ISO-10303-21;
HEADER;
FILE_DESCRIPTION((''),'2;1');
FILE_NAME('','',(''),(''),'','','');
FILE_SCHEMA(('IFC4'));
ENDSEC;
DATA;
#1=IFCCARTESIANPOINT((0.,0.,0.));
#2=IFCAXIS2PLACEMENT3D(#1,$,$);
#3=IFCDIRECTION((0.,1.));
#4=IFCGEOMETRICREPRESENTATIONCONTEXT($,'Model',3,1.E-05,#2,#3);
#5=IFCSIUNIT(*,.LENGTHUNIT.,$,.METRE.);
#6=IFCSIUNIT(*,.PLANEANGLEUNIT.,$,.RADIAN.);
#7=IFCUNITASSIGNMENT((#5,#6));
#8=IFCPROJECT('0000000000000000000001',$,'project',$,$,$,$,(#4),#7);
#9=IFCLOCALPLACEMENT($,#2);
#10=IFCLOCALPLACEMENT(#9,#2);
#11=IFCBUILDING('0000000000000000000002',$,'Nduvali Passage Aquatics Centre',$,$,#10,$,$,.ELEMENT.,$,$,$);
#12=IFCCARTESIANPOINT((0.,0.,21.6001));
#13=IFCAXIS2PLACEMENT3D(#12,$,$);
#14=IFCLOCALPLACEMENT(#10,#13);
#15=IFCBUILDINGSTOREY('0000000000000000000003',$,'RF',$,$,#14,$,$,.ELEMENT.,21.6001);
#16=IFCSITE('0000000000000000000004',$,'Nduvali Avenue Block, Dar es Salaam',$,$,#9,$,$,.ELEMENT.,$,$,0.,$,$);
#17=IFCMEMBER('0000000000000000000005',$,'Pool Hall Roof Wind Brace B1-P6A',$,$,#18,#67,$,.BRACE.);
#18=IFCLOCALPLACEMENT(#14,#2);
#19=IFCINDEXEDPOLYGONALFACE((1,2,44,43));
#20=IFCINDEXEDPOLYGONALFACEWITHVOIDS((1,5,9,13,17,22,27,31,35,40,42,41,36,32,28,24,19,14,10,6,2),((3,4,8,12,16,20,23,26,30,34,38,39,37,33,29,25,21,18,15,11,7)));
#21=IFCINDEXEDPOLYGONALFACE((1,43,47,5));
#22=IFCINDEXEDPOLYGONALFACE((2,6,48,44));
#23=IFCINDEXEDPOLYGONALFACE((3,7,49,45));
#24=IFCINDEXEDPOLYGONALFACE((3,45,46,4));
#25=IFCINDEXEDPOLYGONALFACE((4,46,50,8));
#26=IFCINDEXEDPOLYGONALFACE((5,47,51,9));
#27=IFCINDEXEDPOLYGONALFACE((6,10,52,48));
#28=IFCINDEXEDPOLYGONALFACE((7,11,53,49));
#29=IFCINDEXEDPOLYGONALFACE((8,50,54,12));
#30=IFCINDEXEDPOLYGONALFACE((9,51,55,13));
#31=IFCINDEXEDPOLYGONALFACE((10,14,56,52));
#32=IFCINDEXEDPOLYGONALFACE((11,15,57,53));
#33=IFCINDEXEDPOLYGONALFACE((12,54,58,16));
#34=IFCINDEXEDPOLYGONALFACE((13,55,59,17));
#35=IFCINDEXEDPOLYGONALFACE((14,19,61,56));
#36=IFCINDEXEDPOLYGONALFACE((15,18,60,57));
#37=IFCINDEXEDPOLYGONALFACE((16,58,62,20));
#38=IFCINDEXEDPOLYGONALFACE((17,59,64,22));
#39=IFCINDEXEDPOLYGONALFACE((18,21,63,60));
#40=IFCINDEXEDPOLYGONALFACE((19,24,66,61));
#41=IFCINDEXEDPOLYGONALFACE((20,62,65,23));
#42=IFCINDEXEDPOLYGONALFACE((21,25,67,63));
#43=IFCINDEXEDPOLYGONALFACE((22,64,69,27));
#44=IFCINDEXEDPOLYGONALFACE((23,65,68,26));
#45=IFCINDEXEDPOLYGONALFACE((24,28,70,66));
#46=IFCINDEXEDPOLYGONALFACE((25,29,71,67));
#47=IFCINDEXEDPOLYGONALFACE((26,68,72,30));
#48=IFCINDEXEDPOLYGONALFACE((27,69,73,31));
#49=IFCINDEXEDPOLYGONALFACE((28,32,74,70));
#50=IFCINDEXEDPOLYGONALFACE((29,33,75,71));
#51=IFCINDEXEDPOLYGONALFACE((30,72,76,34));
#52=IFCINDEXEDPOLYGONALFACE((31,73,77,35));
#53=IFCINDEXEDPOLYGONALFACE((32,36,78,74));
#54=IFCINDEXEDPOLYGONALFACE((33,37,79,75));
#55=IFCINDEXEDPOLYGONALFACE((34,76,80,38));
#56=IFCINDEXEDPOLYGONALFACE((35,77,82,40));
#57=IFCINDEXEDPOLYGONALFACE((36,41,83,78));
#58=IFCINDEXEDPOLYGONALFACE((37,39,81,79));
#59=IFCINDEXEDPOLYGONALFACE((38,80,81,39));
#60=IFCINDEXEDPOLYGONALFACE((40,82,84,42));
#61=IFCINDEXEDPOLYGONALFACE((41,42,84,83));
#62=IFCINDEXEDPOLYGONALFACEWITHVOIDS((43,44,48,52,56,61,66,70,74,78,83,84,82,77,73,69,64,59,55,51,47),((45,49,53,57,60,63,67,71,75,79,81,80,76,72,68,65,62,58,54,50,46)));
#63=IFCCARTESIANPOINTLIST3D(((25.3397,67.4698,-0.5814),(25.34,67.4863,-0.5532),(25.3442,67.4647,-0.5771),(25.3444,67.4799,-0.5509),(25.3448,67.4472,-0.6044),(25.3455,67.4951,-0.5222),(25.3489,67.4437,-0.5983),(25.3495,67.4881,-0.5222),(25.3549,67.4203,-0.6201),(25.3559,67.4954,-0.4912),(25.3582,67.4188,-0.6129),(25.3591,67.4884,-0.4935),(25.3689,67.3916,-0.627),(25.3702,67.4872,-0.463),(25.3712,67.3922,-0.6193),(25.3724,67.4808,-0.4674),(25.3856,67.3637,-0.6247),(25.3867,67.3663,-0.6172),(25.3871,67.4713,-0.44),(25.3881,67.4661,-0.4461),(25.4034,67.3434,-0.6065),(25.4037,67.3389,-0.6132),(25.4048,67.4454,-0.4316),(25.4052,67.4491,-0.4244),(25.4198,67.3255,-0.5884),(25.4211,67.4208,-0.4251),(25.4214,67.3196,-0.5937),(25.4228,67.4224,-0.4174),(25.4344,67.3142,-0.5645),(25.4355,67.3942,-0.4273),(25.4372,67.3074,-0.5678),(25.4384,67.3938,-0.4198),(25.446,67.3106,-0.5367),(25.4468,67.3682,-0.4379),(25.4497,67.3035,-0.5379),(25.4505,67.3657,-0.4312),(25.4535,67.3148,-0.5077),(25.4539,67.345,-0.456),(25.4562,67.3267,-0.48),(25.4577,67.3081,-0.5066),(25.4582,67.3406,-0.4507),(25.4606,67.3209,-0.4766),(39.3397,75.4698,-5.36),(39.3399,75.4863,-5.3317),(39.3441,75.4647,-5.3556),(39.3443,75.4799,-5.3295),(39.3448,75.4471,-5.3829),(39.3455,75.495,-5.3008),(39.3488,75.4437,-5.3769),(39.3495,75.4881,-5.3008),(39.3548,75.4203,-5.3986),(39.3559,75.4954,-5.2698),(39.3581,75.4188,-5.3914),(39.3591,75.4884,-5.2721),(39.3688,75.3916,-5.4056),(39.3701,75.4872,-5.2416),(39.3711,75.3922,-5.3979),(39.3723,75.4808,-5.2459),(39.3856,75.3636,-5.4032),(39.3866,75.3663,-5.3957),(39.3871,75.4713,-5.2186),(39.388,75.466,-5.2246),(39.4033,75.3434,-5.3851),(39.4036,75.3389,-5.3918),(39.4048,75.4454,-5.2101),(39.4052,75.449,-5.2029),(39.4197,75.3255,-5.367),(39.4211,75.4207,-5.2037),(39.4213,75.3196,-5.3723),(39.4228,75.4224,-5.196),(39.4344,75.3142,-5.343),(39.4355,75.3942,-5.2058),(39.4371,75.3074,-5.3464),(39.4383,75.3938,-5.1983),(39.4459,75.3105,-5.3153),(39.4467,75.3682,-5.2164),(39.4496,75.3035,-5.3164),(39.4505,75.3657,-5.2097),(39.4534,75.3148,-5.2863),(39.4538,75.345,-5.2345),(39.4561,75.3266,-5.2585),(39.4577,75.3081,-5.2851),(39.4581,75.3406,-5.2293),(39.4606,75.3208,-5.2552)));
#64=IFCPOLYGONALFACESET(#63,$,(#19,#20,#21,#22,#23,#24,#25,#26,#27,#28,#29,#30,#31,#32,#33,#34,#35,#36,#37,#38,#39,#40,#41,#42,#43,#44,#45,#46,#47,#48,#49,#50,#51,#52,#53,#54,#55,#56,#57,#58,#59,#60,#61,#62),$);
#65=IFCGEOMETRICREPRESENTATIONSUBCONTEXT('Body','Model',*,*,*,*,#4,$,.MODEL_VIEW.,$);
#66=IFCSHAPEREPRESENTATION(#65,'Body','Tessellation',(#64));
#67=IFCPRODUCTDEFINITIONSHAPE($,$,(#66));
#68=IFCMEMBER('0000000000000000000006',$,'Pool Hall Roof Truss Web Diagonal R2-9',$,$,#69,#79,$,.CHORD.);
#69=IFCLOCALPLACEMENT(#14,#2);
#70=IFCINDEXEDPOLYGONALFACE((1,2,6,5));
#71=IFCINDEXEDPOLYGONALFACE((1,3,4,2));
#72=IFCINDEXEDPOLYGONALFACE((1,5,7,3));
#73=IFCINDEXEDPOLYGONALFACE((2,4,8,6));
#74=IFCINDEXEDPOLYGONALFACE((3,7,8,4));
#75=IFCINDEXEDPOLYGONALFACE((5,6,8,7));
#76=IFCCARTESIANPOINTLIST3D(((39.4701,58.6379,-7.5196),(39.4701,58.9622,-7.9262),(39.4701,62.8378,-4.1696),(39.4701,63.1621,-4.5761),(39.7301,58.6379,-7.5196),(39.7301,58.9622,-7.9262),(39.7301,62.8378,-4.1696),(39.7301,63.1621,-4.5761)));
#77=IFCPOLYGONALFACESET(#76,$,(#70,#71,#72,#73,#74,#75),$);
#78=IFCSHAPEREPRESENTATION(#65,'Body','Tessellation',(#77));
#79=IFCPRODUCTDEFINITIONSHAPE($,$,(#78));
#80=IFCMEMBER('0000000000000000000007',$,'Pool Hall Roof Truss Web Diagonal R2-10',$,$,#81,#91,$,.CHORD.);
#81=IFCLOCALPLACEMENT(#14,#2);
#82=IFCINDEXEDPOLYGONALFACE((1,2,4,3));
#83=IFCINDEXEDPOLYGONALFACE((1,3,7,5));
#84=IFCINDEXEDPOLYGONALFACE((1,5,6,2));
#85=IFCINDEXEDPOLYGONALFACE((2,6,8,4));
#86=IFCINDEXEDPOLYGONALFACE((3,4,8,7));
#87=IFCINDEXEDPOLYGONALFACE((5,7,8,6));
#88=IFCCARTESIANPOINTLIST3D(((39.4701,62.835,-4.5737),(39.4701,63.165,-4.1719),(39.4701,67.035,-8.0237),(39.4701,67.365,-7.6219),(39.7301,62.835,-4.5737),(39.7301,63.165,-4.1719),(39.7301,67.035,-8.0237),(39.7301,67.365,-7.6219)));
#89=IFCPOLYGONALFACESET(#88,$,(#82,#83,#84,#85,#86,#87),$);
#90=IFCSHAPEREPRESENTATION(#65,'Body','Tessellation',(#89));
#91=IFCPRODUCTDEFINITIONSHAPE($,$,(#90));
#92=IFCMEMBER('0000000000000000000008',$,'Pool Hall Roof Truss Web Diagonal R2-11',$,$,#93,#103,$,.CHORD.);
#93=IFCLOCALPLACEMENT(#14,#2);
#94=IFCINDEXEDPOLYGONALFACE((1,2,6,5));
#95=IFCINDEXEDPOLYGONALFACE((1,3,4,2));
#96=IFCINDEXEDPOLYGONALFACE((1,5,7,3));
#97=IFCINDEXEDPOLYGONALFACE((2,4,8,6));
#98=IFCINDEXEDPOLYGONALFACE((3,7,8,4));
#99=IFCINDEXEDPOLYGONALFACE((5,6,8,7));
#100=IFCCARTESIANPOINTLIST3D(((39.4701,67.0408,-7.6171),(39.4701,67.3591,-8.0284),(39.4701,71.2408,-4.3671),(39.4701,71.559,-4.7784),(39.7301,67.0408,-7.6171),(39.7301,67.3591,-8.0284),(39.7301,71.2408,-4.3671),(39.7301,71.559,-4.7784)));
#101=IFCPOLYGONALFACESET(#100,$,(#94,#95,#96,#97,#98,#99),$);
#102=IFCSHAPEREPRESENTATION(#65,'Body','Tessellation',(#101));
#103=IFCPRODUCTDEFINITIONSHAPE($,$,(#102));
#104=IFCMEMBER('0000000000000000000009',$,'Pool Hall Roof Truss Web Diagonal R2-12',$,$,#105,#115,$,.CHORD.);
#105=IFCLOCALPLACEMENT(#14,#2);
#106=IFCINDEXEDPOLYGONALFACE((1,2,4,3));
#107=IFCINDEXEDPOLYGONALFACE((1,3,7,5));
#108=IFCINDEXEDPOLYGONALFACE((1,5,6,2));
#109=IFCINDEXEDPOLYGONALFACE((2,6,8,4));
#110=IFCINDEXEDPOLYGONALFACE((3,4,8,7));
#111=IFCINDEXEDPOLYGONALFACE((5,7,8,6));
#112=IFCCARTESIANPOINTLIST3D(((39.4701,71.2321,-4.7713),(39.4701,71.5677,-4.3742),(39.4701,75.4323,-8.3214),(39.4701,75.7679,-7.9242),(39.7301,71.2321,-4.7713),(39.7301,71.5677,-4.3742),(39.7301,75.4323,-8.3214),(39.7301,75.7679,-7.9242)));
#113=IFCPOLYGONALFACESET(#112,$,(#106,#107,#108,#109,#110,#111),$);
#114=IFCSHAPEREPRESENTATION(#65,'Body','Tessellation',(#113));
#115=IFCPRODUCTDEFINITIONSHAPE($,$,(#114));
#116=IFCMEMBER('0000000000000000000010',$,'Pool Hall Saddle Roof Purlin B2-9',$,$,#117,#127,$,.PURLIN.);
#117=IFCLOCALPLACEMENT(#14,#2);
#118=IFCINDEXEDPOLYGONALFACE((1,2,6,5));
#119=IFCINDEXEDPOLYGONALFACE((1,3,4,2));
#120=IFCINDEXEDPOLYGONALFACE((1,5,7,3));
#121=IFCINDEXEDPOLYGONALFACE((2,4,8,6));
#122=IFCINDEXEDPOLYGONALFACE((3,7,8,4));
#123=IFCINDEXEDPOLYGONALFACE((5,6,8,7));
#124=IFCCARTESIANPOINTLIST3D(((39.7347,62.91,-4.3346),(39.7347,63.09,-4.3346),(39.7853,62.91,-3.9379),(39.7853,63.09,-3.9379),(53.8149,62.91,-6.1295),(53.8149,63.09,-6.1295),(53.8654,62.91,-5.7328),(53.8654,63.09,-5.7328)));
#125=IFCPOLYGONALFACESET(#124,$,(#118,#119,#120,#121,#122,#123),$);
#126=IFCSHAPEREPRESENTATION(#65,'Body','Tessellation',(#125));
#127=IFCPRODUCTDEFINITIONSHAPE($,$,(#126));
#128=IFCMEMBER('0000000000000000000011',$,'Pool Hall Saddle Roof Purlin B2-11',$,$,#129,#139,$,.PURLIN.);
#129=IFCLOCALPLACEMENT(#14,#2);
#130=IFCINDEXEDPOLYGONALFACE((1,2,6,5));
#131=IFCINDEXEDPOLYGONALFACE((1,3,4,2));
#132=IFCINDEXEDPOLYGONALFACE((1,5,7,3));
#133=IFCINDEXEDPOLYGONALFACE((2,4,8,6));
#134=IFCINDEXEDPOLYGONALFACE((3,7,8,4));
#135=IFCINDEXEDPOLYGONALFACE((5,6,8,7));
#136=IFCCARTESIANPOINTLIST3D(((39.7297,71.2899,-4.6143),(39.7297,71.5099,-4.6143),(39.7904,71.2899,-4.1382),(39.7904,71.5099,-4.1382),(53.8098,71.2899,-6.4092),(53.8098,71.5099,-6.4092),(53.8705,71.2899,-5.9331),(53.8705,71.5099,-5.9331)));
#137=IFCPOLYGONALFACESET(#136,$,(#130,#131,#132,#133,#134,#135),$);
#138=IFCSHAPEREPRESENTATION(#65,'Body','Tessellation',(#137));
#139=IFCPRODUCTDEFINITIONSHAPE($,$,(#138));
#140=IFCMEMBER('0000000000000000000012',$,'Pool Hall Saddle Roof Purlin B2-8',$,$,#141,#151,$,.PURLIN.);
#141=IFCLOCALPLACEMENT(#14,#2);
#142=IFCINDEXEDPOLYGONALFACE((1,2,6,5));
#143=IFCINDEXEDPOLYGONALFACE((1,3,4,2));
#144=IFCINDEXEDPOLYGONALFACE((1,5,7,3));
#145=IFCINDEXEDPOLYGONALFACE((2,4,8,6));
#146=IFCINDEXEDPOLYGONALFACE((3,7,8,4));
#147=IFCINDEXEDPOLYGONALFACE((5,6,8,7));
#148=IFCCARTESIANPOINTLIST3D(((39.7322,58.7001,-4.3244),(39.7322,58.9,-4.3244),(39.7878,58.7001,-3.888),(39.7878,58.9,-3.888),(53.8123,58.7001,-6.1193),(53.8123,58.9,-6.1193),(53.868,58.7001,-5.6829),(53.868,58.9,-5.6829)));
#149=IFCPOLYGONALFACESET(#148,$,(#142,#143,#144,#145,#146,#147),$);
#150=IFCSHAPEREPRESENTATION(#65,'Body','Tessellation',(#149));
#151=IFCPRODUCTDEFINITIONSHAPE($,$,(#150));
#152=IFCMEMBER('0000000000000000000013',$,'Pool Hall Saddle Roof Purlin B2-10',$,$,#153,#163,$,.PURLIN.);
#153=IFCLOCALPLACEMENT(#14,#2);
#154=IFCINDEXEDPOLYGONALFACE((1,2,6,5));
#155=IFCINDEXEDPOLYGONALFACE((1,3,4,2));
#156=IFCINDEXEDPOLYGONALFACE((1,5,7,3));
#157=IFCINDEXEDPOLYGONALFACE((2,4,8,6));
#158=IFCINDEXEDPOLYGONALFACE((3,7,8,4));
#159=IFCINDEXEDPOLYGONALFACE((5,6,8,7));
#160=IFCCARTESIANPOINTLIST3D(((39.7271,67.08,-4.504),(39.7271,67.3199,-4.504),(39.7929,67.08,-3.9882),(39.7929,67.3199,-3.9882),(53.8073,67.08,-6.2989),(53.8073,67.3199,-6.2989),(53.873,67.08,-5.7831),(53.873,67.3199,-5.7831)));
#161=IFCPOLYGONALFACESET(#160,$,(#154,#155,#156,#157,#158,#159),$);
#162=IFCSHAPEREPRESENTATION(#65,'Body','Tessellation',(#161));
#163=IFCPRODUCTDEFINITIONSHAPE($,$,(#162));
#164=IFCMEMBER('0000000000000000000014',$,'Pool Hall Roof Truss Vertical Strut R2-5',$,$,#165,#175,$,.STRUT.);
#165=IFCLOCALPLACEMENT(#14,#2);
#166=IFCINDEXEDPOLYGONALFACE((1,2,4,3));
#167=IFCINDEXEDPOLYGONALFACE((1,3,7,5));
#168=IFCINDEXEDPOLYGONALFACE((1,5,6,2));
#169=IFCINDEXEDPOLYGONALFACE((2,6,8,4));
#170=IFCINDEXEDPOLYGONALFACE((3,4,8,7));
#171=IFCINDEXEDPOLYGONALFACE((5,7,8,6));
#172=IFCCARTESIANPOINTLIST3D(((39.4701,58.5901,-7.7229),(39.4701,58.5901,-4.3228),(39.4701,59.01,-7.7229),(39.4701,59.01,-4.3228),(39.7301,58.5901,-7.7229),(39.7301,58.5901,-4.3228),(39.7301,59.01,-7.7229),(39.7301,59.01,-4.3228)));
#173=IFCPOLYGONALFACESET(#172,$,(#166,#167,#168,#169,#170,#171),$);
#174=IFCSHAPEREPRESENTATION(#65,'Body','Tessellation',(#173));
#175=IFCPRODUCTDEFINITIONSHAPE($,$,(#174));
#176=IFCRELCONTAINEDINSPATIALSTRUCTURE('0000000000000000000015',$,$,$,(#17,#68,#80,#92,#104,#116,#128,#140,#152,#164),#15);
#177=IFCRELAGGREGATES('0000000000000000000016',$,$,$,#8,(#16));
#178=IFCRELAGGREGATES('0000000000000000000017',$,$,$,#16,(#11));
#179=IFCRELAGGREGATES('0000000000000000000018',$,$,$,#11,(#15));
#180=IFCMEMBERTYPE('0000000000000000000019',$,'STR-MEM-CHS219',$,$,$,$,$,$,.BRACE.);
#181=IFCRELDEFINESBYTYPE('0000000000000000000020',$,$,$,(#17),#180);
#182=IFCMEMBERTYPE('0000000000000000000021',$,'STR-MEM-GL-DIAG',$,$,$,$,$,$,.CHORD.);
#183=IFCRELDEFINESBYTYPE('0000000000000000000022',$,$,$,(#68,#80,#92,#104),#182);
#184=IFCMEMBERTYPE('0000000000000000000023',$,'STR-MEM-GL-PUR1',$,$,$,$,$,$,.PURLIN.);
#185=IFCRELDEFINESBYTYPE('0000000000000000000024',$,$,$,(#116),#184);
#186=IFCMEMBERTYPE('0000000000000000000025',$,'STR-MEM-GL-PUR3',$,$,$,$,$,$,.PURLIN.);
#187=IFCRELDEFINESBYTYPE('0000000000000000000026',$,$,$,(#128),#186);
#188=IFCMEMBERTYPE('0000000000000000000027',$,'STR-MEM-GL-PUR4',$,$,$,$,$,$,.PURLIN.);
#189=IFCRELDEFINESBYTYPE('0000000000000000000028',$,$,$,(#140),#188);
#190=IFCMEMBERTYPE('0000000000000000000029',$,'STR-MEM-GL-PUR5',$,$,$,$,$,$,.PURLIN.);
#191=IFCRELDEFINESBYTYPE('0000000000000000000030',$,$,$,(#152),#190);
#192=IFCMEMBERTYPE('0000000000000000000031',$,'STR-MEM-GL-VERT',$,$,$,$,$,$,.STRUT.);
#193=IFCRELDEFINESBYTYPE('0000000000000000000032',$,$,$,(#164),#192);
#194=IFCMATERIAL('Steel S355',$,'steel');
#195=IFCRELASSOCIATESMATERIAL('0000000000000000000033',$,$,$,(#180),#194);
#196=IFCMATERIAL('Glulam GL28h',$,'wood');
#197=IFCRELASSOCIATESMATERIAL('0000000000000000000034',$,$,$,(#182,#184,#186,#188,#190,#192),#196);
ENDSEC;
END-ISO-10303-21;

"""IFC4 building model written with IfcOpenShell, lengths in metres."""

from ifc_helpers import new_model, si_unit, direction, frame, origin, origin_2d, place, context, subcontext, project, spatial, rectangle, hollow_circle, extrude, material, material_profile, profile_set, type_object, element, save


model = new_model("IFC4")

# Units and contexts
model_context = context("Model", 3, precision=1e-05, world=origin(), true_north=direction((0.0, 1.0)))
body_context = subcontext(model_context, "Body", "Model", "MODEL_VIEW")
ifc_project = project(units=[si_unit("LENGTHUNIT", "METRE"), si_unit("PLANEANGLEUNIT", "RADIAN")], contexts=[model_context])

# Site, building, storey
site_placement = place(None, origin())
site = spatial("IfcSite", under=ifc_project, at=site_placement, Name="Nduvali Avenue Block, Dar es Salaam", CompositionType="ELEMENT", RefElevation=0.0)
building_placement = place(site_placement, origin())
building = spatial("IfcBuilding", under=site, at=building_placement, Name="Nduvali Passage Aquatics Centre", CompositionType="ELEMENT")
storey_placement = place(building_placement, frame((0.0, 0.0, 21.6001)))
storey = spatial("IfcBuildingStorey", under=building, at=storey_placement, Name="RF", CompositionType="ELEMENT", Elevation=21.6001)

# Members
ifc_material_1 = material(Name="Steel S355", Category="steel")
ifc_material_profile_1 = material_profile(ifc_material_1, hollow_circle(Radius=0.1096, WallThickness=0.0081, at=origin_2d()), Name="CHS 219.1x8.0")
ifc_profile_set_1 = profile_set([ifc_material_profile_1], Name="Steel S355")
member_type_1 = type_object("IfcMemberType", Name="STR-MEM-CHS219", PredefinedType="BRACE", material=ifc_profile_set_1)
member_1_placement = place(storey_placement, frame((25.3999, 67.3999, -0.5222), z_axis=(0.832457, 0.47569, -0.284139), x_axis=(-0.496139, 0.868243, 0.0)))
element("IfcMember", 1, at=member_1_placement, inside=storey, type_object=member_type_1, Name="Pool Hall Roof Wind Brace B1-P6A", PredefinedType="BRACE", context=body_context, shape_type="SweptSolid", body=[
    extrude(hollow_circle(Radius=0.1096, WallThickness=0.0081, at=origin_2d()), origin(), (0.0, 0.0, 1.0), 16.8176),
])
ifc_material_2 = material(Name="Glulam GL28h", Category="wood")
ifc_material_profile_2 = material_profile(ifc_material_2, rectangle(XDim=0.26, YDim=0.52, at=origin_2d()), Name="GL28h 260x520")
ifc_profile_set_2 = profile_set([ifc_material_profile_2], Name="Glulam GL28h")
member_type_2 = type_object("IfcMemberType", Name="STR-MEM-GL-DIAG", PredefinedType="CHORD", material=ifc_profile_set_2)
member_2_placement = place(storey_placement, frame((39.6001, 58.8, -7.7229), z_axis=(0.0, 0.781764, 0.623575), x_axis=(-1.0, 0.0, 0.0)))
element("IfcMember", 2, at=member_2_placement, inside=storey, type_object=member_type_2, Name="Pool Hall Roof Truss Web Diagonal R2-9", PredefinedType="CHORD", context=body_context, shape_type="SweptSolid", body=[
    extrude(rectangle(XDim=0.26, YDim=0.52, at=origin_2d()), origin(), (0.0, 0.0, 1.0), 5.3723),
])
member_3_placement = place(storey_placement, frame((39.6001, 63.0, -4.3728), z_axis=(0.0, 0.772727, -0.634738), x_axis=(-1.0, 0.0, 0.0)))
element("IfcMember", 3, at=member_3_placement, inside=storey, type_object=member_type_2, Name="Pool Hall Roof Truss Web Diagonal R2-10", PredefinedType="CHORD", context=body_context, shape_type="SweptSolid", body=[
    extrude(rectangle(XDim=0.26, YDim=0.52, at=origin_2d()), origin(), (0.0, 0.0, 1.0), 5.4353),
])
member_4_placement = place(storey_placement, frame((39.6001, 67.2, -7.8228), z_axis=(0.0, 0.790867, 0.611988), x_axis=(-1.0, 0.0, 0.0)))
element("IfcMember", 4, at=member_4_placement, inside=storey, type_object=member_type_2, Name="Pool Hall Roof Truss Web Diagonal R2-11", PredefinedType="CHORD", context=body_context, shape_type="SweptSolid", body=[
    extrude(rectangle(XDim=0.26, YDim=0.52, at=origin_2d()), origin(), (0.0, 0.0, 1.0), 5.3105),
])
member_5_placement = place(storey_placement, frame((39.6001, 71.3999, -4.5728), z_axis=(0.0, 0.763741, -0.645522), x_axis=(-1.0, 0.0, 0.0)))
element("IfcMember", 5, at=member_5_placement, inside=storey, type_object=member_type_2, Name="Pool Hall Roof Truss Web Diagonal R2-12", PredefinedType="CHORD", context=body_context, shape_type="SweptSolid", body=[
    extrude(rectangle(XDim=0.26, YDim=0.52, at=origin_2d()), origin(), (0.0, 0.0, 1.0), 5.4995),
])
ifc_material_profile_3 = material_profile(ifc_material_2, rectangle(XDim=0.1799, YDim=0.3999, at=origin_2d()), Name="GL28h 180x400")
ifc_profile_set_3 = profile_set([ifc_material_profile_3], Name="Glulam GL28h")
member_type_3 = type_object("IfcMemberType", Name="STR-MEM-GL-PUR1", PredefinedType="PURLIN", material=ifc_profile_set_3)
member_6_placement = place(storey_placement, frame((39.76, 63.0, -4.1362), z_axis=(0.991972, 0.0, -0.126456), x_axis=(0.0, 1.0, 0.0)))
element("IfcMember", 6, at=member_6_placement, inside=storey, type_object=member_type_3, Name="Pool Hall Saddle Roof Purlin B2-9", PredefinedType="PURLIN", context=body_context, shape_type="SweptSolid", body=[
    extrude(rectangle(XDim=0.1799, YDim=0.3999, at=origin_2d()), origin(), (0.0, 0.0, 1.0), 14.1941),
])
ifc_material_profile_4 = material_profile(ifc_material_2, rectangle(XDim=0.22, YDim=0.48, at=origin_2d()), Name="GL28h 220x480")
ifc_profile_set_4 = profile_set([ifc_material_profile_4], Name="Glulam GL28h")
member_type_4 = type_object("IfcMemberType", Name="STR-MEM-GL-PUR3", PredefinedType="PURLIN", material=ifc_profile_set_4)
member_7_placement = place(storey_placement, frame((39.76, 71.3999, -4.3762), z_axis=(0.991972, 0.0, -0.126456), x_axis=(0.0, 1.0, 0.0)))
element("IfcMember", 7, at=member_7_placement, inside=storey, type_object=member_type_4, Name="Pool Hall Saddle Roof Purlin B2-11", PredefinedType="PURLIN", context=body_context, shape_type="SweptSolid", body=[
    extrude(rectangle(XDim=0.22, YDim=0.48, at=origin_2d()), origin(), (0.0, 0.0, 1.0), 14.1941),
])
ifc_material_profile_5 = material_profile(ifc_material_2, rectangle(XDim=0.2, YDim=0.4399, at=origin_2d()), Name="GL28h 200x440")
ifc_profile_set_5 = profile_set([ifc_material_profile_5], Name="Glulam GL28h")
member_type_5 = type_object("IfcMemberType", Name="STR-MEM-GL-PUR4", PredefinedType="PURLIN", material=ifc_profile_set_5)
member_8_placement = place(storey_placement, frame((39.76, 58.8, -4.1062), z_axis=(0.991972, 0.0, -0.126456), x_axis=(0.0, 1.0, 0.0)))
element("IfcMember", 8, at=member_8_placement, inside=storey, type_object=member_type_5, Name="Pool Hall Saddle Roof Purlin B2-8", PredefinedType="PURLIN", context=body_context, shape_type="SweptSolid", body=[
    extrude(rectangle(XDim=0.2, YDim=0.4399, at=origin_2d()), origin(), (0.0, 0.0, 1.0), 14.1941),
])
ifc_material_profile_6 = material_profile(ifc_material_2, rectangle(XDim=0.24, YDim=0.52, at=origin_2d()), Name="GL28h 240x520")
ifc_profile_set_6 = profile_set([ifc_material_profile_6], Name="Glulam GL28h")
member_type_6 = type_object("IfcMemberType", Name="STR-MEM-GL-PUR5", PredefinedType="PURLIN", material=ifc_profile_set_6)
member_9_placement = place(storey_placement, frame((39.76, 67.2, -4.2461), z_axis=(0.991972, 0.0, -0.126456), x_axis=(0.0, 1.0, 0.0)))
element("IfcMember", 9, at=member_9_placement, inside=storey, type_object=member_type_6, Name="Pool Hall Saddle Roof Purlin B2-10", PredefinedType="PURLIN", context=body_context, shape_type="SweptSolid", body=[
    extrude(rectangle(XDim=0.24, YDim=0.52, at=origin_2d()), origin(), (0.0, 0.0, 1.0), 14.1941),
])
ifc_material_profile_7 = material_profile(ifc_material_2, rectangle(XDim=0.26, YDim=0.4199, at=origin_2d()), Name="GL28h 260x420")
ifc_profile_set_7 = profile_set([ifc_material_profile_7], Name="Glulam GL28h")
member_type_7 = type_object("IfcMemberType", Name="STR-MEM-GL-VERT", PredefinedType="STRUT", material=ifc_profile_set_7)
member_10_placement = place(storey_placement, frame((39.6001, 58.8, -7.7229), z_axis=(0.0, 0.0, 1.0), x_axis=(1.0, 0.0, 0.0)))
element("IfcMember", 10, at=member_10_placement, inside=storey, type_object=member_type_7, Name="Pool Hall Roof Truss Vertical Strut R2-5", PredefinedType="STRUT", context=body_context, shape_type="SweptSolid", body=[
    extrude(rectangle(XDim=0.26, YDim=0.4199, at=origin_2d()), origin(), (0.0, 0.0, 1.0), 3.4001),
])

save(model, "model.ifc")
